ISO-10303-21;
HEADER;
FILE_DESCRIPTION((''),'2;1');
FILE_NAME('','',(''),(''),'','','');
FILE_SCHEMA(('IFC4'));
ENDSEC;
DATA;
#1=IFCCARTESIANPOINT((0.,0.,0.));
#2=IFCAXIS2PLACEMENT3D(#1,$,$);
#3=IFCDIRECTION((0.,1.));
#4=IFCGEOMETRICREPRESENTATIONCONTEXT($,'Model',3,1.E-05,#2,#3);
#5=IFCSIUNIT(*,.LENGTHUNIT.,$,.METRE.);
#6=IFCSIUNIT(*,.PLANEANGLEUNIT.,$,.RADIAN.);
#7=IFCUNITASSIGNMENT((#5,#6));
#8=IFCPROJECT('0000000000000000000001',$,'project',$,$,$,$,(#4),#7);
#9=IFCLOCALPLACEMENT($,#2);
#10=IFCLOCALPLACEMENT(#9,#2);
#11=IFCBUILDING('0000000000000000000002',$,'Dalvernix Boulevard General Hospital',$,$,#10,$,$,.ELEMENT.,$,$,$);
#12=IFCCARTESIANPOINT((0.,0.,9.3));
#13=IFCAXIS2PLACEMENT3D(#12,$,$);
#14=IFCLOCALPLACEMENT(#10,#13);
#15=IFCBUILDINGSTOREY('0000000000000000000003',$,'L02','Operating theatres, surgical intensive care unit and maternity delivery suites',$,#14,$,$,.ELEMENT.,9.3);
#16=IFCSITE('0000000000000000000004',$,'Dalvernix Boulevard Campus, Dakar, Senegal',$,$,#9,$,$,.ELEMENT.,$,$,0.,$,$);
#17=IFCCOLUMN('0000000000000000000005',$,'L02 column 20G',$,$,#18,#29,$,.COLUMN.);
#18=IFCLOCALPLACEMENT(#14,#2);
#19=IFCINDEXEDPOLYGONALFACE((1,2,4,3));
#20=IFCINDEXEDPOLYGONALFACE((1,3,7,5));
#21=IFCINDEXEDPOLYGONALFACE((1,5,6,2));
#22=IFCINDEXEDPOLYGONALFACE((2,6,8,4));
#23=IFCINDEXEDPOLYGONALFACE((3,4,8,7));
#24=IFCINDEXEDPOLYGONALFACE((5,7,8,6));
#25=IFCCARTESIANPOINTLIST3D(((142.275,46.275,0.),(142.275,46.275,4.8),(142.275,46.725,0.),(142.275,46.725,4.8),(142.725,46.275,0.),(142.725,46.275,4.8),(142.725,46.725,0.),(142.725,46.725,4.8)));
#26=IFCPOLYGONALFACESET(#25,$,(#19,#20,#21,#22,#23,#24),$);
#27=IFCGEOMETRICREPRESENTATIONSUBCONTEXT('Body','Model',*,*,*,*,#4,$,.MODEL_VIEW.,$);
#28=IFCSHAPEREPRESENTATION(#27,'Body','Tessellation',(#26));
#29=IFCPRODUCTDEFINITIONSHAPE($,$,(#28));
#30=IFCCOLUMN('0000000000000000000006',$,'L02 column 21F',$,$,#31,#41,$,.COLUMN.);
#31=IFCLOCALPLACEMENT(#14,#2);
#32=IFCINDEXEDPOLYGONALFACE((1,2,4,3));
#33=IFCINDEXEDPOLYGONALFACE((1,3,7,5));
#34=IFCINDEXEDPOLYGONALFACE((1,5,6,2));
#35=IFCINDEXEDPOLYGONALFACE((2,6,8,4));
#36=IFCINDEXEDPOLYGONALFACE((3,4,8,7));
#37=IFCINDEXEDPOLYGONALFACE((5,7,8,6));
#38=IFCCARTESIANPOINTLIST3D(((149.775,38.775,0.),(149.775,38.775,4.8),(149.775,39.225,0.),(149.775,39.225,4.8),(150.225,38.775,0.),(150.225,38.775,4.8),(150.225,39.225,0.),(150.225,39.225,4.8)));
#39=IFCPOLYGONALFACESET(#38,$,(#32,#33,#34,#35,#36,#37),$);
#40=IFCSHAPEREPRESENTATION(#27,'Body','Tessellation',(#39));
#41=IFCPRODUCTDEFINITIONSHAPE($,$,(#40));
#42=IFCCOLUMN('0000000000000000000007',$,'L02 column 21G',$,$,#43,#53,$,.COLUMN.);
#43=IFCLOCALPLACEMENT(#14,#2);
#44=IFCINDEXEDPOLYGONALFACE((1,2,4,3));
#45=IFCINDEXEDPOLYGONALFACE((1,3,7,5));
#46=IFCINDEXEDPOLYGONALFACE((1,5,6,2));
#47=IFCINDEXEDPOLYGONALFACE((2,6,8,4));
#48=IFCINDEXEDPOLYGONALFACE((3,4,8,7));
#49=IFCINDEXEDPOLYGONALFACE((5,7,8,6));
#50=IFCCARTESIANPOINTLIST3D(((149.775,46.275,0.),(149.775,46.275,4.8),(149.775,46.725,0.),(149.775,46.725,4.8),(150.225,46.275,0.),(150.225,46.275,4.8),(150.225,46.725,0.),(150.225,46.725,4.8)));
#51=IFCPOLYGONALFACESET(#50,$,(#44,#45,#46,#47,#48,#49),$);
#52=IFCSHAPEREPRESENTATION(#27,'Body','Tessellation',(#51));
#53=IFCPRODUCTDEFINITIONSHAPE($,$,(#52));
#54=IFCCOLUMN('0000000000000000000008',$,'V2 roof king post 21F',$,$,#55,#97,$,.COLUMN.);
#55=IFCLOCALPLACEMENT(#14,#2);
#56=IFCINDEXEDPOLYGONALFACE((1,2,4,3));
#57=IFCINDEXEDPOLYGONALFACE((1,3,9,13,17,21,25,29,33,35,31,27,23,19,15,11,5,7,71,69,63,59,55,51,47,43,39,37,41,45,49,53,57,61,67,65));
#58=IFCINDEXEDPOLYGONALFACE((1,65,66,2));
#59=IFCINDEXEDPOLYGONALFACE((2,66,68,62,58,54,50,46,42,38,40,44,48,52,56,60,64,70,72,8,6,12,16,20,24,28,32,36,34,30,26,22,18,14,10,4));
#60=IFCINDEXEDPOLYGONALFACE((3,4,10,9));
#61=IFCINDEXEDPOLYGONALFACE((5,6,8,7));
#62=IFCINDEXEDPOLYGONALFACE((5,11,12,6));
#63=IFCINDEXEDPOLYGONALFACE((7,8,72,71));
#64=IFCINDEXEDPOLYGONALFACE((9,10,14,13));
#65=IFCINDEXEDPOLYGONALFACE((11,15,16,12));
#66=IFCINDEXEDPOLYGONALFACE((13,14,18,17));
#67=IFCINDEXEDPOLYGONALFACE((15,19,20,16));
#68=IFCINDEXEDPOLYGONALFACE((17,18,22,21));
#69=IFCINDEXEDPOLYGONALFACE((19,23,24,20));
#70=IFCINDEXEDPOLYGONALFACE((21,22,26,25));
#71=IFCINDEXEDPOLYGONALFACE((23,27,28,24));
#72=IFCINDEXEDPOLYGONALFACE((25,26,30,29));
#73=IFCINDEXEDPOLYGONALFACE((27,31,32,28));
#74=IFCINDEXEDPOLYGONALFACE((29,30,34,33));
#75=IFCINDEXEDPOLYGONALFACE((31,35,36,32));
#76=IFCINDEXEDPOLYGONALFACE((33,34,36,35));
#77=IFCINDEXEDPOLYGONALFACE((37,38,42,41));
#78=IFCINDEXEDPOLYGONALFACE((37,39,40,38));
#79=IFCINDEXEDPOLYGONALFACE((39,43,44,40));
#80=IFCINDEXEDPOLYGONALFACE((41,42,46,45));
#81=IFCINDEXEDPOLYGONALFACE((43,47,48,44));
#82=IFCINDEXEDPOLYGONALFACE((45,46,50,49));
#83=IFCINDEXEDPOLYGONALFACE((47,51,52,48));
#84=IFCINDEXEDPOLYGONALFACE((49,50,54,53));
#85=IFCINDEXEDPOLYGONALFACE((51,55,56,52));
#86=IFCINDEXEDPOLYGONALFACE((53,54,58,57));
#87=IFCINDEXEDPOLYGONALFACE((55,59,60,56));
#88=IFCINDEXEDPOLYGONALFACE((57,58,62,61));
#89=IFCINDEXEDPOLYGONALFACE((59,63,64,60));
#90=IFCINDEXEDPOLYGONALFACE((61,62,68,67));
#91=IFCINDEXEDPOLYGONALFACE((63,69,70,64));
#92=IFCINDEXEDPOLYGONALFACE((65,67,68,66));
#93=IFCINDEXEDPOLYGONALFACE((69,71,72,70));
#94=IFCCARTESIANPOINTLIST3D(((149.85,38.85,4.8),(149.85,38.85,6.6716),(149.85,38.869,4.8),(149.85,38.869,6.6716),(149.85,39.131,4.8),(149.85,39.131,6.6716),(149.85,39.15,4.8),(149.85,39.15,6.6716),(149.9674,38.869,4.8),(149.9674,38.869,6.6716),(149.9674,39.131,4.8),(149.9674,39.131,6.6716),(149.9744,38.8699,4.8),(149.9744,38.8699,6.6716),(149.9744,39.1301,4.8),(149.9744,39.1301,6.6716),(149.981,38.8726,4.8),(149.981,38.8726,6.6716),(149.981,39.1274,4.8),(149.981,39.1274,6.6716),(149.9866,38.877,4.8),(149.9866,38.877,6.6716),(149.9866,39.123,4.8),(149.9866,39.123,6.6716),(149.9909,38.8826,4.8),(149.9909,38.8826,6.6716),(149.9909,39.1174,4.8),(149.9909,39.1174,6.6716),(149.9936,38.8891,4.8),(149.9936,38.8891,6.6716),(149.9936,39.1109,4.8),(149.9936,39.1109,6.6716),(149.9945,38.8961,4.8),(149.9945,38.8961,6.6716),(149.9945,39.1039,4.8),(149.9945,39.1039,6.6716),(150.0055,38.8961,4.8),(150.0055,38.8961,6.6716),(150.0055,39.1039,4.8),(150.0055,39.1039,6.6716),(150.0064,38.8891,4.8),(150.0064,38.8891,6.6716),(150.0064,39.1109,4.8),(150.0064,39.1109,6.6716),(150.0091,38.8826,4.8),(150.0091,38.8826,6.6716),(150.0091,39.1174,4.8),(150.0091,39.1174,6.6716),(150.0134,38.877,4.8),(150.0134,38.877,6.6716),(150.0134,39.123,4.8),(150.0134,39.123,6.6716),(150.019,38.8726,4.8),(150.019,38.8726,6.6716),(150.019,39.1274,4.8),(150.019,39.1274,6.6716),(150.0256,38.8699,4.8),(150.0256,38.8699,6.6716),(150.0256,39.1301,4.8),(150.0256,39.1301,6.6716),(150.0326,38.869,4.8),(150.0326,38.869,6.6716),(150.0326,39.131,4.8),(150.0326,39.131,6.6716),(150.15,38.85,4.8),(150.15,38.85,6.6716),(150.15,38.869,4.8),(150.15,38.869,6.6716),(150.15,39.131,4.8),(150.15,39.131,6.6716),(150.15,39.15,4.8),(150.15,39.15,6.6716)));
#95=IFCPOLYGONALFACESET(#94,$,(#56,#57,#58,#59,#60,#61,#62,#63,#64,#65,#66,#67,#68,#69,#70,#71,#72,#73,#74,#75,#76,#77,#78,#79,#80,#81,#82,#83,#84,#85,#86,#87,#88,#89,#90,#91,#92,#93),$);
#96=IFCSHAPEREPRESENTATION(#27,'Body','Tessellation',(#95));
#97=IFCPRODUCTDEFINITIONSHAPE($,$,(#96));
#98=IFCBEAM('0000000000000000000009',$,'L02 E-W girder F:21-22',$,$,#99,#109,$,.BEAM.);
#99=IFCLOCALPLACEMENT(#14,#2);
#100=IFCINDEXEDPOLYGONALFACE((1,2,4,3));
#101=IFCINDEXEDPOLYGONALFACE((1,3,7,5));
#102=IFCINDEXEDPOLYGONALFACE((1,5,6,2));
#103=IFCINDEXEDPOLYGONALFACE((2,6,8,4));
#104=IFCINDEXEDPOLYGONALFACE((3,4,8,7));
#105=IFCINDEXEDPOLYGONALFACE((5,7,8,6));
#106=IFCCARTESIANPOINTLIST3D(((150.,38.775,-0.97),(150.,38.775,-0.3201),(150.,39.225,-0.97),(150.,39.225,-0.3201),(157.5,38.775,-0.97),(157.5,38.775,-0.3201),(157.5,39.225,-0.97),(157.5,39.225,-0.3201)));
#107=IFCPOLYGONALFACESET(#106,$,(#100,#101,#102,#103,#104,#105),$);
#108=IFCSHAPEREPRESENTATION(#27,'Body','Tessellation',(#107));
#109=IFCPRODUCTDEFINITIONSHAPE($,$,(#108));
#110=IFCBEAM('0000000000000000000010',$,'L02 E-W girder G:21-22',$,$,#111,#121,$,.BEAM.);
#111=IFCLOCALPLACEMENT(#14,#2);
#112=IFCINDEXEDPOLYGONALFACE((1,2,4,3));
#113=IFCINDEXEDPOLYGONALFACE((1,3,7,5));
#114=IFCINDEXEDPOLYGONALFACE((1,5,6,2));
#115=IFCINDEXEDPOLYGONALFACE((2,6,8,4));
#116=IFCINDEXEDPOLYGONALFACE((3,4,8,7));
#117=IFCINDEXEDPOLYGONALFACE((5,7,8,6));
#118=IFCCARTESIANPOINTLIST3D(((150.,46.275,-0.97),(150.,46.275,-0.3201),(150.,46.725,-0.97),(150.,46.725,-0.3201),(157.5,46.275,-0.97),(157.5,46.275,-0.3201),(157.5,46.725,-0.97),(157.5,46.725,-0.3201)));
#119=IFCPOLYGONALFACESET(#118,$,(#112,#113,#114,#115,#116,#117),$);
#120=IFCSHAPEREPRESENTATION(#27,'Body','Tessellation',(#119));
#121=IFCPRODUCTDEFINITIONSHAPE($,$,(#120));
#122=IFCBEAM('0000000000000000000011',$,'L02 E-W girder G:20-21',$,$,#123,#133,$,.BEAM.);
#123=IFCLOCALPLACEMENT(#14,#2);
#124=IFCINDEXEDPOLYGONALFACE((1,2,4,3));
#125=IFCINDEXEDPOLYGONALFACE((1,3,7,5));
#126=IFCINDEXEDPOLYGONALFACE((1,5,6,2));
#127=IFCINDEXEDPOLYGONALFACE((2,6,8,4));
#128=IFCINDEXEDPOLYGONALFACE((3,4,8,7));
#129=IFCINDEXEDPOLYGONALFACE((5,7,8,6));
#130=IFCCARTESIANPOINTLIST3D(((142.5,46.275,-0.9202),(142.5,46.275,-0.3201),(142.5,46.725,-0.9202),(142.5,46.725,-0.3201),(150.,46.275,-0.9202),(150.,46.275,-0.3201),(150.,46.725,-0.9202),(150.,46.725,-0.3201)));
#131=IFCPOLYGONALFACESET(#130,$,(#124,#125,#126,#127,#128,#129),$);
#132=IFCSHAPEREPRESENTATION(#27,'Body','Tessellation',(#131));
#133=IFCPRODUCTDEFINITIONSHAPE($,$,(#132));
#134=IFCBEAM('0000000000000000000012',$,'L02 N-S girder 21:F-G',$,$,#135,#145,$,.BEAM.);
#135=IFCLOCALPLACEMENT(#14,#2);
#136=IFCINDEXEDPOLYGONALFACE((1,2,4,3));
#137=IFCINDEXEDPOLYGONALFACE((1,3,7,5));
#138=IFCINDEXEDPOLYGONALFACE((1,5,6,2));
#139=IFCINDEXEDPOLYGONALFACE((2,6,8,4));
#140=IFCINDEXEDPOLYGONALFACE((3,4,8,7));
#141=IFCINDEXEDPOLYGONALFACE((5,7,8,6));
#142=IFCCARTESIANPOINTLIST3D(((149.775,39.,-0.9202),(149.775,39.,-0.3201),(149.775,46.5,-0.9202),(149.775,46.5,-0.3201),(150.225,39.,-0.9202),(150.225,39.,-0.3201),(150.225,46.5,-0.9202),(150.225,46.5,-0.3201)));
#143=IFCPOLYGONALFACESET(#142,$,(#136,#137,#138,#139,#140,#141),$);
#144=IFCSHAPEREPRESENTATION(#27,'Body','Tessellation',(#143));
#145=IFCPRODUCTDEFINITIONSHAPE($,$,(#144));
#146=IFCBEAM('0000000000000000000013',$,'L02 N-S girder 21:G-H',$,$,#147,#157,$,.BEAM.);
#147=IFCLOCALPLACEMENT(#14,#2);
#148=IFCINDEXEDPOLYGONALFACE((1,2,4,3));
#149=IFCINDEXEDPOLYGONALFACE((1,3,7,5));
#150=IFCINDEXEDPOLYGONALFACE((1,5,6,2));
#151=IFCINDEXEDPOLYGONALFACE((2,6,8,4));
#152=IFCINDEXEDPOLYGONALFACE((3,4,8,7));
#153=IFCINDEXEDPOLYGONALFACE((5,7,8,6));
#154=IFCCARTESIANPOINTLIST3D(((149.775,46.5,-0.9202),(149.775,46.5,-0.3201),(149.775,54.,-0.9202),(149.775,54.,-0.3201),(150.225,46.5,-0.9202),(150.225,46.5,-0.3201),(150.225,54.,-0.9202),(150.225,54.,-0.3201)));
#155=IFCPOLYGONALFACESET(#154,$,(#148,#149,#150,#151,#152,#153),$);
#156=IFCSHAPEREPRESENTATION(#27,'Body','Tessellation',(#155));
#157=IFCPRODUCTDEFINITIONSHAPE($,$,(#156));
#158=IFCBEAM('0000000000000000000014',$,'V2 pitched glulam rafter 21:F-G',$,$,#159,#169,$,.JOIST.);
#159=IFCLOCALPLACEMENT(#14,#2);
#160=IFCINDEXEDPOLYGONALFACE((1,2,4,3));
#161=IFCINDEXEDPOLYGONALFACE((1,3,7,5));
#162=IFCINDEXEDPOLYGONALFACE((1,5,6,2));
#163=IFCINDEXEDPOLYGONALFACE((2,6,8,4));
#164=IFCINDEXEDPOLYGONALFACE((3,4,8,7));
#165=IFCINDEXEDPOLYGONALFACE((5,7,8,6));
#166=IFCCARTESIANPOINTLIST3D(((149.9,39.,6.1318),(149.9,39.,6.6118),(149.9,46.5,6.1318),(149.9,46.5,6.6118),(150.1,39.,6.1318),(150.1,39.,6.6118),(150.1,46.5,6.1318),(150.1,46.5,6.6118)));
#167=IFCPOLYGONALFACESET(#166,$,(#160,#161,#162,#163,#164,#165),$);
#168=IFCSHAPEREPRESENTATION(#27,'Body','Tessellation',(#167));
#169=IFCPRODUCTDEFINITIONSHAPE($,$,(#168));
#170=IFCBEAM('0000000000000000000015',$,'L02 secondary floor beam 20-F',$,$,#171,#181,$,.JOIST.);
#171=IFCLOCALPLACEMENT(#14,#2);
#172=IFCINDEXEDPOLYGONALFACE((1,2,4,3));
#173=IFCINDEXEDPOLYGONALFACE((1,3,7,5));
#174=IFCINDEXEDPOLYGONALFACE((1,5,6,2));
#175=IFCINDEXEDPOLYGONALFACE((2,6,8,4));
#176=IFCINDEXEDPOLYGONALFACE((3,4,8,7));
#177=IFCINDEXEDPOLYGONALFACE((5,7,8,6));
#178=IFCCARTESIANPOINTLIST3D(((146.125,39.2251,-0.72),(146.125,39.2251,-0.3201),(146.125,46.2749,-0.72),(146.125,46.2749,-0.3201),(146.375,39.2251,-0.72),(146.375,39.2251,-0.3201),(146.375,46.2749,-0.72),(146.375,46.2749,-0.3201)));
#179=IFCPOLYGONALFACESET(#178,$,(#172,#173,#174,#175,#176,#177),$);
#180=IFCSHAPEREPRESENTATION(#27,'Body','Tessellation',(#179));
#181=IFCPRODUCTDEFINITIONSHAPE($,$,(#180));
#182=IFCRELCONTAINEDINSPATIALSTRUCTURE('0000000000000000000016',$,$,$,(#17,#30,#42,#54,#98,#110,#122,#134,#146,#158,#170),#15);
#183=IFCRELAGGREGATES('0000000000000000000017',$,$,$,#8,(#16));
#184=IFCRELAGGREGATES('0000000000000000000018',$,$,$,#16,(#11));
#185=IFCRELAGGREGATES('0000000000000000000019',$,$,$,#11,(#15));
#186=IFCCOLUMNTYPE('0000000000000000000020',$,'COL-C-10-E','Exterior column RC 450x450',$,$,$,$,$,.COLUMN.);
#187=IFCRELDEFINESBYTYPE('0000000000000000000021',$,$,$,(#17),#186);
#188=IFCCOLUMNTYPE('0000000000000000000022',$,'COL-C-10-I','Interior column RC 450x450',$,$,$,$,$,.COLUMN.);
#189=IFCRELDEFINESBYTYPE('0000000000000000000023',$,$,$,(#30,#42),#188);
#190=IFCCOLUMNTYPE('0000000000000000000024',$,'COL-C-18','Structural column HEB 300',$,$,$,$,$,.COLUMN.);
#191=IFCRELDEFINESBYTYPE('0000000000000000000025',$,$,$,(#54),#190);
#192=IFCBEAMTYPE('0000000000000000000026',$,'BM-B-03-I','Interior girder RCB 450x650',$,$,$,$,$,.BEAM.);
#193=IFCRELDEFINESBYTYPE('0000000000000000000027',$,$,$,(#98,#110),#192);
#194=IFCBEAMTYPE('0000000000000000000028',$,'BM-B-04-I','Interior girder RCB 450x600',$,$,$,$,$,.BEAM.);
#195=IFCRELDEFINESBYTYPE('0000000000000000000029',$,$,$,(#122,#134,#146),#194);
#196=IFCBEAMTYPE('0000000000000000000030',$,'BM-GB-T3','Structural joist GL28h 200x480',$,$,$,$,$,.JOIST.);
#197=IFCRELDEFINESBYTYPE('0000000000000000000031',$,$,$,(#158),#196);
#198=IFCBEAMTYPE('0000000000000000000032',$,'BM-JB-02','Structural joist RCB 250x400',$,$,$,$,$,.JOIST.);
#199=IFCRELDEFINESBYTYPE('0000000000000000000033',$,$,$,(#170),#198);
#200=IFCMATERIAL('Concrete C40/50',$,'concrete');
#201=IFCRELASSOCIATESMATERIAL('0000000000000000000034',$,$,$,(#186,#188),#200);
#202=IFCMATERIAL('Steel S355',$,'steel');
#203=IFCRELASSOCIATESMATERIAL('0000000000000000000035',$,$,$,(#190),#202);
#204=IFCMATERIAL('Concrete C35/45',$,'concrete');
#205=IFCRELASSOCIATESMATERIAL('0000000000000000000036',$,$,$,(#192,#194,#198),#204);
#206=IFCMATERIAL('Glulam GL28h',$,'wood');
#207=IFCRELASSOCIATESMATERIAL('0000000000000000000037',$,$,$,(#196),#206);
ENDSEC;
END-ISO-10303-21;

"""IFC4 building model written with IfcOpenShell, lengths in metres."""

from ifc_helpers import new_model, si_unit, direction, frame, origin, origin_2d, place, context, subcontext, project, spatial, rectangle, i_section, extrude, material, material_profile, profile_set, type_object, element, save


model = new_model("IFC4")

# Units and contexts
model_context = context("Model", 3, precision=1e-05, world=origin(), true_north=direction((0.0, 1.0)))
body_context = subcontext(model_context, "Body", "Model", "MODEL_VIEW")
ifc_project = project(units=[si_unit("LENGTHUNIT", "METRE"), si_unit("PLANEANGLEUNIT", "RADIAN")], contexts=[model_context])

# Site, building, storey
site_placement = place(None, origin())
site = spatial("IfcSite", under=ifc_project, at=site_placement, Name="Dalvernix Boulevard Campus, Dakar, Senegal", CompositionType="ELEMENT", RefElevation=0.0)
building_placement = place(site_placement, origin())
building = spatial("IfcBuilding", under=site, at=building_placement, Name="Dalvernix Boulevard General Hospital", CompositionType="ELEMENT")
storey_placement = place(building_placement, frame((0.0, 0.0, 9.3)))
storey = spatial("IfcBuildingStorey", under=building, at=storey_placement, Name="L02", Description="Operating theatres, surgical intensive care unit and maternity delivery suites", CompositionType="ELEMENT", Elevation=9.3)

# Columns
ifc_material_1 = material(Name="Concrete C40/50", Category="concrete")
ifc_material_profile_1 = material_profile(ifc_material_1, rectangle(XDim=0.45, YDim=0.45, at=origin_2d()), Name="RC 450x450")
ifc_profile_set_1 = profile_set([ifc_material_profile_1], Name="Concrete C40/50")
column_type_1 = type_object("IfcColumnType", Name="COL-C-10-E", Description="Exterior column RC 450x450", PredefinedType="COLUMN", material=ifc_profile_set_1)
column_1_placement = place(storey_placement, frame((142.5, 46.5, 0.0), z_axis=(0.0, 0.0, 1.0), x_axis=(1.0, 0.0, 0.0)))
element("IfcColumn", 1, at=column_1_placement, inside=storey, type_object=column_type_1, Name="L02 column 20G", PredefinedType="COLUMN", context=body_context, shape_type="SweptSolid", body=[
    extrude(rectangle(XDim=0.45, YDim=0.45, at=origin_2d()), origin(), (0.0, 0.0, 1.0), 4.8),
])
ifc_material_profile_2 = material_profile(ifc_material_1, rectangle(XDim=0.45, YDim=0.45, at=origin_2d()), Name="RC 450x450")
ifc_profile_set_2 = profile_set([ifc_material_profile_2], Name="Concrete C40/50")
column_type_2 = type_object("IfcColumnType", Name="COL-C-10-I", Description="Interior column RC 450x450", PredefinedType="COLUMN", material=ifc_profile_set_2)
for number, where, z_axis, x_axis, name in (
    (2, (150.0, 39.0, 0.0), (0.0, 0.0, 1.0), (1.0, 0.0, 0.0), "L02 column 21F"),
    (3, (150.0, 46.5, 0.0), (0.0, 0.0, 1.0), (1.0, 0.0, 0.0), "L02 column 21G"),
):
    element("IfcColumn", number, at=place(storey_placement, frame(where, z_axis=z_axis, x_axis=x_axis)), inside=storey, type_object=column_type_2, Name=name, PredefinedType="COLUMN", context=body_context, shape_type="SweptSolid", body=[
        extrude(rectangle(XDim=0.45, YDim=0.45, at=origin_2d()), origin(), (0.0, 0.0, 1.0), 4.8),
    ])
ifc_material_2 = material(Name="Steel S355", Category="steel")
ifc_material_profile_3 = material_profile(ifc_material_2, i_section(OverallWidth=0.3, OverallDepth=0.3, WebThickness=0.011, FlangeThickness=0.019, FilletRadius=0.0271, at=origin_2d()), Name="HEB 300")
ifc_profile_set_3 = profile_set([ifc_material_profile_3], Name="Steel S355")
column_type_3 = type_object("IfcColumnType", Name="COL-C-18", Description="Structural column HEB 300", PredefinedType="COLUMN", material=ifc_profile_set_3)
column_2_placement = place(storey_placement, frame((150.0, 39.0, 4.8), z_axis=(0.0, 0.0, 1.0), x_axis=(1.0, 0.0, 0.0)))
element("IfcColumn", 4, at=column_2_placement, inside=storey, type_object=column_type_3, Name="V2 roof king post 21F", PredefinedType="COLUMN", context=body_context, shape_type="SweptSolid", body=[
    extrude(i_section(OverallWidth=0.3, OverallDepth=0.3, WebThickness=0.011, FlangeThickness=0.019, FilletRadius=0.0271, at=origin_2d()), origin(), (0.0, 0.0, 1.0), 1.8716),
])

# Beams
ifc_material_3 = material(Name="Concrete C35/45", Category="concrete")
ifc_material_profile_4 = material_profile(ifc_material_3, rectangle(XDim=0.45, YDim=0.6499, at=origin_2d()), Name="RCB 450x650")
ifc_profile_set_4 = profile_set([ifc_material_profile_4], Name="Concrete C35/45")
beam_type_1 = type_object("IfcBeamType", Name="BM-B-03-I", Description="Interior girder RCB 450x650", PredefinedType="BEAM", material=ifc_profile_set_4)
for number, where, z_axis, x_axis, name in (
    (5, (150.0, 39.0, -0.645), (1.0, 0.0, 0.0), (0.0, 1.0, 0.0), "L02 E-W girder F:21-22"),
    (6, (150.0, 46.5, -0.645), (1.0, 0.0, 0.0), (0.0, 1.0, 0.0), "L02 E-W girder G:21-22"),
):
    element("IfcBeam", number, at=place(storey_placement, frame(where, z_axis=z_axis, x_axis=x_axis)), inside=storey, type_object=beam_type_1, Name=name, PredefinedType="BEAM", context=body_context, shape_type="SweptSolid", body=[
        extrude(rectangle(XDim=0.45, YDim=0.6499, at=origin_2d()), origin(), (0.0, 0.0, 1.0), 7.5),
    ])
ifc_material_profile_5 = material_profile(ifc_material_3, rectangle(XDim=0.45, YDim=0.6001, at=origin_2d()), Name="RCB 450x600")
ifc_profile_set_5 = profile_set([ifc_material_profile_5], Name="Concrete C35/45")
beam_type_2 = type_object("IfcBeamType", Name="BM-B-04-I", Description="Interior girder RCB 450x600", PredefinedType="BEAM", material=ifc_profile_set_5)
for number, where, z_axis, x_axis, name in (
    (7, (142.5, 46.5, -0.6201), (1.0, 0.0, 0.0), (0.0, 1.0, 0.0), "L02 E-W girder G:20-21"),
    (8, (150.0, 39.0, -0.6201), (0.0, 1.0, 0.0), (-1.0, 0.0, 0.0), "L02 N-S girder 21:F-G"),
    (9, (150.0, 46.5, -0.6201), (0.0, 1.0, 0.0), (-1.0, 0.0, 0.0), "L02 N-S girder 21:G-H"),
):
    element("IfcBeam", number, at=place(storey_placement, frame(where, z_axis=z_axis, x_axis=x_axis)), inside=storey, type_object=beam_type_2, Name=name, PredefinedType="BEAM", context=body_context, shape_type="SweptSolid", body=[
        extrude(rectangle(XDim=0.45, YDim=0.6001, at=origin_2d()), origin(), (0.0, 0.0, 1.0), 7.5),
    ])
ifc_material_4 = material(Name="Glulam GL28h", Category="wood")
ifc_material_profile_6 = material_profile(ifc_material_4, rectangle(XDim=0.2, YDim=0.48, at=origin_2d()), Name="GL28h 200x480")
ifc_profile_set_6 = profile_set([ifc_material_profile_6], Name="Glulam GL28h")
beam_type_3 = type_object("IfcBeamType", Name="BM-GB-T3", Description="Structural joist GL28h 200x480", PredefinedType="JOIST", material=ifc_profile_set_6)
beam_1_placement = place(storey_placement, frame((150.0, 39.0, 6.3718), z_axis=(0.0, 1.0, 0.0), x_axis=(-1.0, 0.0, 0.0)))
element("IfcBeam", 10, at=beam_1_placement, inside=storey, type_object=beam_type_3, Name="V2 pitched glulam rafter 21:F-G", PredefinedType="JOIST", context=body_context, shape_type="SweptSolid", body=[
    extrude(rectangle(XDim=0.2, YDim=0.48, at=origin_2d()), origin(), (0.0, 0.0, 1.0), 7.5),
])
ifc_material_profile_7 = material_profile(ifc_material_3, rectangle(XDim=0.25, YDim=0.3999, at=origin_2d()), Name="RCB 250x400")
ifc_profile_set_7 = profile_set([ifc_material_profile_7], Name="Concrete C35/45")
beam_type_4 = type_object("IfcBeamType", Name="BM-JB-02", Description="Structural joist RCB 250x400", PredefinedType="JOIST", material=ifc_profile_set_7)
beam_2_placement = place(storey_placement, frame((146.25, 39.2251, -0.52), z_axis=(0.0, 1.0, 0.0), x_axis=(-1.0, 0.0, 0.0)))
element("IfcBeam", 11, at=beam_2_placement, inside=storey, type_object=beam_type_4, Name="L02 secondary floor beam 20-F", PredefinedType="JOIST", context=body_context, shape_type="SweptSolid", body=[
    extrude(rectangle(XDim=0.25, YDim=0.3999, at=origin_2d()), origin(), (0.0, 0.0, 1.0), 7.0498),
])

save(model, "model.ifc")
